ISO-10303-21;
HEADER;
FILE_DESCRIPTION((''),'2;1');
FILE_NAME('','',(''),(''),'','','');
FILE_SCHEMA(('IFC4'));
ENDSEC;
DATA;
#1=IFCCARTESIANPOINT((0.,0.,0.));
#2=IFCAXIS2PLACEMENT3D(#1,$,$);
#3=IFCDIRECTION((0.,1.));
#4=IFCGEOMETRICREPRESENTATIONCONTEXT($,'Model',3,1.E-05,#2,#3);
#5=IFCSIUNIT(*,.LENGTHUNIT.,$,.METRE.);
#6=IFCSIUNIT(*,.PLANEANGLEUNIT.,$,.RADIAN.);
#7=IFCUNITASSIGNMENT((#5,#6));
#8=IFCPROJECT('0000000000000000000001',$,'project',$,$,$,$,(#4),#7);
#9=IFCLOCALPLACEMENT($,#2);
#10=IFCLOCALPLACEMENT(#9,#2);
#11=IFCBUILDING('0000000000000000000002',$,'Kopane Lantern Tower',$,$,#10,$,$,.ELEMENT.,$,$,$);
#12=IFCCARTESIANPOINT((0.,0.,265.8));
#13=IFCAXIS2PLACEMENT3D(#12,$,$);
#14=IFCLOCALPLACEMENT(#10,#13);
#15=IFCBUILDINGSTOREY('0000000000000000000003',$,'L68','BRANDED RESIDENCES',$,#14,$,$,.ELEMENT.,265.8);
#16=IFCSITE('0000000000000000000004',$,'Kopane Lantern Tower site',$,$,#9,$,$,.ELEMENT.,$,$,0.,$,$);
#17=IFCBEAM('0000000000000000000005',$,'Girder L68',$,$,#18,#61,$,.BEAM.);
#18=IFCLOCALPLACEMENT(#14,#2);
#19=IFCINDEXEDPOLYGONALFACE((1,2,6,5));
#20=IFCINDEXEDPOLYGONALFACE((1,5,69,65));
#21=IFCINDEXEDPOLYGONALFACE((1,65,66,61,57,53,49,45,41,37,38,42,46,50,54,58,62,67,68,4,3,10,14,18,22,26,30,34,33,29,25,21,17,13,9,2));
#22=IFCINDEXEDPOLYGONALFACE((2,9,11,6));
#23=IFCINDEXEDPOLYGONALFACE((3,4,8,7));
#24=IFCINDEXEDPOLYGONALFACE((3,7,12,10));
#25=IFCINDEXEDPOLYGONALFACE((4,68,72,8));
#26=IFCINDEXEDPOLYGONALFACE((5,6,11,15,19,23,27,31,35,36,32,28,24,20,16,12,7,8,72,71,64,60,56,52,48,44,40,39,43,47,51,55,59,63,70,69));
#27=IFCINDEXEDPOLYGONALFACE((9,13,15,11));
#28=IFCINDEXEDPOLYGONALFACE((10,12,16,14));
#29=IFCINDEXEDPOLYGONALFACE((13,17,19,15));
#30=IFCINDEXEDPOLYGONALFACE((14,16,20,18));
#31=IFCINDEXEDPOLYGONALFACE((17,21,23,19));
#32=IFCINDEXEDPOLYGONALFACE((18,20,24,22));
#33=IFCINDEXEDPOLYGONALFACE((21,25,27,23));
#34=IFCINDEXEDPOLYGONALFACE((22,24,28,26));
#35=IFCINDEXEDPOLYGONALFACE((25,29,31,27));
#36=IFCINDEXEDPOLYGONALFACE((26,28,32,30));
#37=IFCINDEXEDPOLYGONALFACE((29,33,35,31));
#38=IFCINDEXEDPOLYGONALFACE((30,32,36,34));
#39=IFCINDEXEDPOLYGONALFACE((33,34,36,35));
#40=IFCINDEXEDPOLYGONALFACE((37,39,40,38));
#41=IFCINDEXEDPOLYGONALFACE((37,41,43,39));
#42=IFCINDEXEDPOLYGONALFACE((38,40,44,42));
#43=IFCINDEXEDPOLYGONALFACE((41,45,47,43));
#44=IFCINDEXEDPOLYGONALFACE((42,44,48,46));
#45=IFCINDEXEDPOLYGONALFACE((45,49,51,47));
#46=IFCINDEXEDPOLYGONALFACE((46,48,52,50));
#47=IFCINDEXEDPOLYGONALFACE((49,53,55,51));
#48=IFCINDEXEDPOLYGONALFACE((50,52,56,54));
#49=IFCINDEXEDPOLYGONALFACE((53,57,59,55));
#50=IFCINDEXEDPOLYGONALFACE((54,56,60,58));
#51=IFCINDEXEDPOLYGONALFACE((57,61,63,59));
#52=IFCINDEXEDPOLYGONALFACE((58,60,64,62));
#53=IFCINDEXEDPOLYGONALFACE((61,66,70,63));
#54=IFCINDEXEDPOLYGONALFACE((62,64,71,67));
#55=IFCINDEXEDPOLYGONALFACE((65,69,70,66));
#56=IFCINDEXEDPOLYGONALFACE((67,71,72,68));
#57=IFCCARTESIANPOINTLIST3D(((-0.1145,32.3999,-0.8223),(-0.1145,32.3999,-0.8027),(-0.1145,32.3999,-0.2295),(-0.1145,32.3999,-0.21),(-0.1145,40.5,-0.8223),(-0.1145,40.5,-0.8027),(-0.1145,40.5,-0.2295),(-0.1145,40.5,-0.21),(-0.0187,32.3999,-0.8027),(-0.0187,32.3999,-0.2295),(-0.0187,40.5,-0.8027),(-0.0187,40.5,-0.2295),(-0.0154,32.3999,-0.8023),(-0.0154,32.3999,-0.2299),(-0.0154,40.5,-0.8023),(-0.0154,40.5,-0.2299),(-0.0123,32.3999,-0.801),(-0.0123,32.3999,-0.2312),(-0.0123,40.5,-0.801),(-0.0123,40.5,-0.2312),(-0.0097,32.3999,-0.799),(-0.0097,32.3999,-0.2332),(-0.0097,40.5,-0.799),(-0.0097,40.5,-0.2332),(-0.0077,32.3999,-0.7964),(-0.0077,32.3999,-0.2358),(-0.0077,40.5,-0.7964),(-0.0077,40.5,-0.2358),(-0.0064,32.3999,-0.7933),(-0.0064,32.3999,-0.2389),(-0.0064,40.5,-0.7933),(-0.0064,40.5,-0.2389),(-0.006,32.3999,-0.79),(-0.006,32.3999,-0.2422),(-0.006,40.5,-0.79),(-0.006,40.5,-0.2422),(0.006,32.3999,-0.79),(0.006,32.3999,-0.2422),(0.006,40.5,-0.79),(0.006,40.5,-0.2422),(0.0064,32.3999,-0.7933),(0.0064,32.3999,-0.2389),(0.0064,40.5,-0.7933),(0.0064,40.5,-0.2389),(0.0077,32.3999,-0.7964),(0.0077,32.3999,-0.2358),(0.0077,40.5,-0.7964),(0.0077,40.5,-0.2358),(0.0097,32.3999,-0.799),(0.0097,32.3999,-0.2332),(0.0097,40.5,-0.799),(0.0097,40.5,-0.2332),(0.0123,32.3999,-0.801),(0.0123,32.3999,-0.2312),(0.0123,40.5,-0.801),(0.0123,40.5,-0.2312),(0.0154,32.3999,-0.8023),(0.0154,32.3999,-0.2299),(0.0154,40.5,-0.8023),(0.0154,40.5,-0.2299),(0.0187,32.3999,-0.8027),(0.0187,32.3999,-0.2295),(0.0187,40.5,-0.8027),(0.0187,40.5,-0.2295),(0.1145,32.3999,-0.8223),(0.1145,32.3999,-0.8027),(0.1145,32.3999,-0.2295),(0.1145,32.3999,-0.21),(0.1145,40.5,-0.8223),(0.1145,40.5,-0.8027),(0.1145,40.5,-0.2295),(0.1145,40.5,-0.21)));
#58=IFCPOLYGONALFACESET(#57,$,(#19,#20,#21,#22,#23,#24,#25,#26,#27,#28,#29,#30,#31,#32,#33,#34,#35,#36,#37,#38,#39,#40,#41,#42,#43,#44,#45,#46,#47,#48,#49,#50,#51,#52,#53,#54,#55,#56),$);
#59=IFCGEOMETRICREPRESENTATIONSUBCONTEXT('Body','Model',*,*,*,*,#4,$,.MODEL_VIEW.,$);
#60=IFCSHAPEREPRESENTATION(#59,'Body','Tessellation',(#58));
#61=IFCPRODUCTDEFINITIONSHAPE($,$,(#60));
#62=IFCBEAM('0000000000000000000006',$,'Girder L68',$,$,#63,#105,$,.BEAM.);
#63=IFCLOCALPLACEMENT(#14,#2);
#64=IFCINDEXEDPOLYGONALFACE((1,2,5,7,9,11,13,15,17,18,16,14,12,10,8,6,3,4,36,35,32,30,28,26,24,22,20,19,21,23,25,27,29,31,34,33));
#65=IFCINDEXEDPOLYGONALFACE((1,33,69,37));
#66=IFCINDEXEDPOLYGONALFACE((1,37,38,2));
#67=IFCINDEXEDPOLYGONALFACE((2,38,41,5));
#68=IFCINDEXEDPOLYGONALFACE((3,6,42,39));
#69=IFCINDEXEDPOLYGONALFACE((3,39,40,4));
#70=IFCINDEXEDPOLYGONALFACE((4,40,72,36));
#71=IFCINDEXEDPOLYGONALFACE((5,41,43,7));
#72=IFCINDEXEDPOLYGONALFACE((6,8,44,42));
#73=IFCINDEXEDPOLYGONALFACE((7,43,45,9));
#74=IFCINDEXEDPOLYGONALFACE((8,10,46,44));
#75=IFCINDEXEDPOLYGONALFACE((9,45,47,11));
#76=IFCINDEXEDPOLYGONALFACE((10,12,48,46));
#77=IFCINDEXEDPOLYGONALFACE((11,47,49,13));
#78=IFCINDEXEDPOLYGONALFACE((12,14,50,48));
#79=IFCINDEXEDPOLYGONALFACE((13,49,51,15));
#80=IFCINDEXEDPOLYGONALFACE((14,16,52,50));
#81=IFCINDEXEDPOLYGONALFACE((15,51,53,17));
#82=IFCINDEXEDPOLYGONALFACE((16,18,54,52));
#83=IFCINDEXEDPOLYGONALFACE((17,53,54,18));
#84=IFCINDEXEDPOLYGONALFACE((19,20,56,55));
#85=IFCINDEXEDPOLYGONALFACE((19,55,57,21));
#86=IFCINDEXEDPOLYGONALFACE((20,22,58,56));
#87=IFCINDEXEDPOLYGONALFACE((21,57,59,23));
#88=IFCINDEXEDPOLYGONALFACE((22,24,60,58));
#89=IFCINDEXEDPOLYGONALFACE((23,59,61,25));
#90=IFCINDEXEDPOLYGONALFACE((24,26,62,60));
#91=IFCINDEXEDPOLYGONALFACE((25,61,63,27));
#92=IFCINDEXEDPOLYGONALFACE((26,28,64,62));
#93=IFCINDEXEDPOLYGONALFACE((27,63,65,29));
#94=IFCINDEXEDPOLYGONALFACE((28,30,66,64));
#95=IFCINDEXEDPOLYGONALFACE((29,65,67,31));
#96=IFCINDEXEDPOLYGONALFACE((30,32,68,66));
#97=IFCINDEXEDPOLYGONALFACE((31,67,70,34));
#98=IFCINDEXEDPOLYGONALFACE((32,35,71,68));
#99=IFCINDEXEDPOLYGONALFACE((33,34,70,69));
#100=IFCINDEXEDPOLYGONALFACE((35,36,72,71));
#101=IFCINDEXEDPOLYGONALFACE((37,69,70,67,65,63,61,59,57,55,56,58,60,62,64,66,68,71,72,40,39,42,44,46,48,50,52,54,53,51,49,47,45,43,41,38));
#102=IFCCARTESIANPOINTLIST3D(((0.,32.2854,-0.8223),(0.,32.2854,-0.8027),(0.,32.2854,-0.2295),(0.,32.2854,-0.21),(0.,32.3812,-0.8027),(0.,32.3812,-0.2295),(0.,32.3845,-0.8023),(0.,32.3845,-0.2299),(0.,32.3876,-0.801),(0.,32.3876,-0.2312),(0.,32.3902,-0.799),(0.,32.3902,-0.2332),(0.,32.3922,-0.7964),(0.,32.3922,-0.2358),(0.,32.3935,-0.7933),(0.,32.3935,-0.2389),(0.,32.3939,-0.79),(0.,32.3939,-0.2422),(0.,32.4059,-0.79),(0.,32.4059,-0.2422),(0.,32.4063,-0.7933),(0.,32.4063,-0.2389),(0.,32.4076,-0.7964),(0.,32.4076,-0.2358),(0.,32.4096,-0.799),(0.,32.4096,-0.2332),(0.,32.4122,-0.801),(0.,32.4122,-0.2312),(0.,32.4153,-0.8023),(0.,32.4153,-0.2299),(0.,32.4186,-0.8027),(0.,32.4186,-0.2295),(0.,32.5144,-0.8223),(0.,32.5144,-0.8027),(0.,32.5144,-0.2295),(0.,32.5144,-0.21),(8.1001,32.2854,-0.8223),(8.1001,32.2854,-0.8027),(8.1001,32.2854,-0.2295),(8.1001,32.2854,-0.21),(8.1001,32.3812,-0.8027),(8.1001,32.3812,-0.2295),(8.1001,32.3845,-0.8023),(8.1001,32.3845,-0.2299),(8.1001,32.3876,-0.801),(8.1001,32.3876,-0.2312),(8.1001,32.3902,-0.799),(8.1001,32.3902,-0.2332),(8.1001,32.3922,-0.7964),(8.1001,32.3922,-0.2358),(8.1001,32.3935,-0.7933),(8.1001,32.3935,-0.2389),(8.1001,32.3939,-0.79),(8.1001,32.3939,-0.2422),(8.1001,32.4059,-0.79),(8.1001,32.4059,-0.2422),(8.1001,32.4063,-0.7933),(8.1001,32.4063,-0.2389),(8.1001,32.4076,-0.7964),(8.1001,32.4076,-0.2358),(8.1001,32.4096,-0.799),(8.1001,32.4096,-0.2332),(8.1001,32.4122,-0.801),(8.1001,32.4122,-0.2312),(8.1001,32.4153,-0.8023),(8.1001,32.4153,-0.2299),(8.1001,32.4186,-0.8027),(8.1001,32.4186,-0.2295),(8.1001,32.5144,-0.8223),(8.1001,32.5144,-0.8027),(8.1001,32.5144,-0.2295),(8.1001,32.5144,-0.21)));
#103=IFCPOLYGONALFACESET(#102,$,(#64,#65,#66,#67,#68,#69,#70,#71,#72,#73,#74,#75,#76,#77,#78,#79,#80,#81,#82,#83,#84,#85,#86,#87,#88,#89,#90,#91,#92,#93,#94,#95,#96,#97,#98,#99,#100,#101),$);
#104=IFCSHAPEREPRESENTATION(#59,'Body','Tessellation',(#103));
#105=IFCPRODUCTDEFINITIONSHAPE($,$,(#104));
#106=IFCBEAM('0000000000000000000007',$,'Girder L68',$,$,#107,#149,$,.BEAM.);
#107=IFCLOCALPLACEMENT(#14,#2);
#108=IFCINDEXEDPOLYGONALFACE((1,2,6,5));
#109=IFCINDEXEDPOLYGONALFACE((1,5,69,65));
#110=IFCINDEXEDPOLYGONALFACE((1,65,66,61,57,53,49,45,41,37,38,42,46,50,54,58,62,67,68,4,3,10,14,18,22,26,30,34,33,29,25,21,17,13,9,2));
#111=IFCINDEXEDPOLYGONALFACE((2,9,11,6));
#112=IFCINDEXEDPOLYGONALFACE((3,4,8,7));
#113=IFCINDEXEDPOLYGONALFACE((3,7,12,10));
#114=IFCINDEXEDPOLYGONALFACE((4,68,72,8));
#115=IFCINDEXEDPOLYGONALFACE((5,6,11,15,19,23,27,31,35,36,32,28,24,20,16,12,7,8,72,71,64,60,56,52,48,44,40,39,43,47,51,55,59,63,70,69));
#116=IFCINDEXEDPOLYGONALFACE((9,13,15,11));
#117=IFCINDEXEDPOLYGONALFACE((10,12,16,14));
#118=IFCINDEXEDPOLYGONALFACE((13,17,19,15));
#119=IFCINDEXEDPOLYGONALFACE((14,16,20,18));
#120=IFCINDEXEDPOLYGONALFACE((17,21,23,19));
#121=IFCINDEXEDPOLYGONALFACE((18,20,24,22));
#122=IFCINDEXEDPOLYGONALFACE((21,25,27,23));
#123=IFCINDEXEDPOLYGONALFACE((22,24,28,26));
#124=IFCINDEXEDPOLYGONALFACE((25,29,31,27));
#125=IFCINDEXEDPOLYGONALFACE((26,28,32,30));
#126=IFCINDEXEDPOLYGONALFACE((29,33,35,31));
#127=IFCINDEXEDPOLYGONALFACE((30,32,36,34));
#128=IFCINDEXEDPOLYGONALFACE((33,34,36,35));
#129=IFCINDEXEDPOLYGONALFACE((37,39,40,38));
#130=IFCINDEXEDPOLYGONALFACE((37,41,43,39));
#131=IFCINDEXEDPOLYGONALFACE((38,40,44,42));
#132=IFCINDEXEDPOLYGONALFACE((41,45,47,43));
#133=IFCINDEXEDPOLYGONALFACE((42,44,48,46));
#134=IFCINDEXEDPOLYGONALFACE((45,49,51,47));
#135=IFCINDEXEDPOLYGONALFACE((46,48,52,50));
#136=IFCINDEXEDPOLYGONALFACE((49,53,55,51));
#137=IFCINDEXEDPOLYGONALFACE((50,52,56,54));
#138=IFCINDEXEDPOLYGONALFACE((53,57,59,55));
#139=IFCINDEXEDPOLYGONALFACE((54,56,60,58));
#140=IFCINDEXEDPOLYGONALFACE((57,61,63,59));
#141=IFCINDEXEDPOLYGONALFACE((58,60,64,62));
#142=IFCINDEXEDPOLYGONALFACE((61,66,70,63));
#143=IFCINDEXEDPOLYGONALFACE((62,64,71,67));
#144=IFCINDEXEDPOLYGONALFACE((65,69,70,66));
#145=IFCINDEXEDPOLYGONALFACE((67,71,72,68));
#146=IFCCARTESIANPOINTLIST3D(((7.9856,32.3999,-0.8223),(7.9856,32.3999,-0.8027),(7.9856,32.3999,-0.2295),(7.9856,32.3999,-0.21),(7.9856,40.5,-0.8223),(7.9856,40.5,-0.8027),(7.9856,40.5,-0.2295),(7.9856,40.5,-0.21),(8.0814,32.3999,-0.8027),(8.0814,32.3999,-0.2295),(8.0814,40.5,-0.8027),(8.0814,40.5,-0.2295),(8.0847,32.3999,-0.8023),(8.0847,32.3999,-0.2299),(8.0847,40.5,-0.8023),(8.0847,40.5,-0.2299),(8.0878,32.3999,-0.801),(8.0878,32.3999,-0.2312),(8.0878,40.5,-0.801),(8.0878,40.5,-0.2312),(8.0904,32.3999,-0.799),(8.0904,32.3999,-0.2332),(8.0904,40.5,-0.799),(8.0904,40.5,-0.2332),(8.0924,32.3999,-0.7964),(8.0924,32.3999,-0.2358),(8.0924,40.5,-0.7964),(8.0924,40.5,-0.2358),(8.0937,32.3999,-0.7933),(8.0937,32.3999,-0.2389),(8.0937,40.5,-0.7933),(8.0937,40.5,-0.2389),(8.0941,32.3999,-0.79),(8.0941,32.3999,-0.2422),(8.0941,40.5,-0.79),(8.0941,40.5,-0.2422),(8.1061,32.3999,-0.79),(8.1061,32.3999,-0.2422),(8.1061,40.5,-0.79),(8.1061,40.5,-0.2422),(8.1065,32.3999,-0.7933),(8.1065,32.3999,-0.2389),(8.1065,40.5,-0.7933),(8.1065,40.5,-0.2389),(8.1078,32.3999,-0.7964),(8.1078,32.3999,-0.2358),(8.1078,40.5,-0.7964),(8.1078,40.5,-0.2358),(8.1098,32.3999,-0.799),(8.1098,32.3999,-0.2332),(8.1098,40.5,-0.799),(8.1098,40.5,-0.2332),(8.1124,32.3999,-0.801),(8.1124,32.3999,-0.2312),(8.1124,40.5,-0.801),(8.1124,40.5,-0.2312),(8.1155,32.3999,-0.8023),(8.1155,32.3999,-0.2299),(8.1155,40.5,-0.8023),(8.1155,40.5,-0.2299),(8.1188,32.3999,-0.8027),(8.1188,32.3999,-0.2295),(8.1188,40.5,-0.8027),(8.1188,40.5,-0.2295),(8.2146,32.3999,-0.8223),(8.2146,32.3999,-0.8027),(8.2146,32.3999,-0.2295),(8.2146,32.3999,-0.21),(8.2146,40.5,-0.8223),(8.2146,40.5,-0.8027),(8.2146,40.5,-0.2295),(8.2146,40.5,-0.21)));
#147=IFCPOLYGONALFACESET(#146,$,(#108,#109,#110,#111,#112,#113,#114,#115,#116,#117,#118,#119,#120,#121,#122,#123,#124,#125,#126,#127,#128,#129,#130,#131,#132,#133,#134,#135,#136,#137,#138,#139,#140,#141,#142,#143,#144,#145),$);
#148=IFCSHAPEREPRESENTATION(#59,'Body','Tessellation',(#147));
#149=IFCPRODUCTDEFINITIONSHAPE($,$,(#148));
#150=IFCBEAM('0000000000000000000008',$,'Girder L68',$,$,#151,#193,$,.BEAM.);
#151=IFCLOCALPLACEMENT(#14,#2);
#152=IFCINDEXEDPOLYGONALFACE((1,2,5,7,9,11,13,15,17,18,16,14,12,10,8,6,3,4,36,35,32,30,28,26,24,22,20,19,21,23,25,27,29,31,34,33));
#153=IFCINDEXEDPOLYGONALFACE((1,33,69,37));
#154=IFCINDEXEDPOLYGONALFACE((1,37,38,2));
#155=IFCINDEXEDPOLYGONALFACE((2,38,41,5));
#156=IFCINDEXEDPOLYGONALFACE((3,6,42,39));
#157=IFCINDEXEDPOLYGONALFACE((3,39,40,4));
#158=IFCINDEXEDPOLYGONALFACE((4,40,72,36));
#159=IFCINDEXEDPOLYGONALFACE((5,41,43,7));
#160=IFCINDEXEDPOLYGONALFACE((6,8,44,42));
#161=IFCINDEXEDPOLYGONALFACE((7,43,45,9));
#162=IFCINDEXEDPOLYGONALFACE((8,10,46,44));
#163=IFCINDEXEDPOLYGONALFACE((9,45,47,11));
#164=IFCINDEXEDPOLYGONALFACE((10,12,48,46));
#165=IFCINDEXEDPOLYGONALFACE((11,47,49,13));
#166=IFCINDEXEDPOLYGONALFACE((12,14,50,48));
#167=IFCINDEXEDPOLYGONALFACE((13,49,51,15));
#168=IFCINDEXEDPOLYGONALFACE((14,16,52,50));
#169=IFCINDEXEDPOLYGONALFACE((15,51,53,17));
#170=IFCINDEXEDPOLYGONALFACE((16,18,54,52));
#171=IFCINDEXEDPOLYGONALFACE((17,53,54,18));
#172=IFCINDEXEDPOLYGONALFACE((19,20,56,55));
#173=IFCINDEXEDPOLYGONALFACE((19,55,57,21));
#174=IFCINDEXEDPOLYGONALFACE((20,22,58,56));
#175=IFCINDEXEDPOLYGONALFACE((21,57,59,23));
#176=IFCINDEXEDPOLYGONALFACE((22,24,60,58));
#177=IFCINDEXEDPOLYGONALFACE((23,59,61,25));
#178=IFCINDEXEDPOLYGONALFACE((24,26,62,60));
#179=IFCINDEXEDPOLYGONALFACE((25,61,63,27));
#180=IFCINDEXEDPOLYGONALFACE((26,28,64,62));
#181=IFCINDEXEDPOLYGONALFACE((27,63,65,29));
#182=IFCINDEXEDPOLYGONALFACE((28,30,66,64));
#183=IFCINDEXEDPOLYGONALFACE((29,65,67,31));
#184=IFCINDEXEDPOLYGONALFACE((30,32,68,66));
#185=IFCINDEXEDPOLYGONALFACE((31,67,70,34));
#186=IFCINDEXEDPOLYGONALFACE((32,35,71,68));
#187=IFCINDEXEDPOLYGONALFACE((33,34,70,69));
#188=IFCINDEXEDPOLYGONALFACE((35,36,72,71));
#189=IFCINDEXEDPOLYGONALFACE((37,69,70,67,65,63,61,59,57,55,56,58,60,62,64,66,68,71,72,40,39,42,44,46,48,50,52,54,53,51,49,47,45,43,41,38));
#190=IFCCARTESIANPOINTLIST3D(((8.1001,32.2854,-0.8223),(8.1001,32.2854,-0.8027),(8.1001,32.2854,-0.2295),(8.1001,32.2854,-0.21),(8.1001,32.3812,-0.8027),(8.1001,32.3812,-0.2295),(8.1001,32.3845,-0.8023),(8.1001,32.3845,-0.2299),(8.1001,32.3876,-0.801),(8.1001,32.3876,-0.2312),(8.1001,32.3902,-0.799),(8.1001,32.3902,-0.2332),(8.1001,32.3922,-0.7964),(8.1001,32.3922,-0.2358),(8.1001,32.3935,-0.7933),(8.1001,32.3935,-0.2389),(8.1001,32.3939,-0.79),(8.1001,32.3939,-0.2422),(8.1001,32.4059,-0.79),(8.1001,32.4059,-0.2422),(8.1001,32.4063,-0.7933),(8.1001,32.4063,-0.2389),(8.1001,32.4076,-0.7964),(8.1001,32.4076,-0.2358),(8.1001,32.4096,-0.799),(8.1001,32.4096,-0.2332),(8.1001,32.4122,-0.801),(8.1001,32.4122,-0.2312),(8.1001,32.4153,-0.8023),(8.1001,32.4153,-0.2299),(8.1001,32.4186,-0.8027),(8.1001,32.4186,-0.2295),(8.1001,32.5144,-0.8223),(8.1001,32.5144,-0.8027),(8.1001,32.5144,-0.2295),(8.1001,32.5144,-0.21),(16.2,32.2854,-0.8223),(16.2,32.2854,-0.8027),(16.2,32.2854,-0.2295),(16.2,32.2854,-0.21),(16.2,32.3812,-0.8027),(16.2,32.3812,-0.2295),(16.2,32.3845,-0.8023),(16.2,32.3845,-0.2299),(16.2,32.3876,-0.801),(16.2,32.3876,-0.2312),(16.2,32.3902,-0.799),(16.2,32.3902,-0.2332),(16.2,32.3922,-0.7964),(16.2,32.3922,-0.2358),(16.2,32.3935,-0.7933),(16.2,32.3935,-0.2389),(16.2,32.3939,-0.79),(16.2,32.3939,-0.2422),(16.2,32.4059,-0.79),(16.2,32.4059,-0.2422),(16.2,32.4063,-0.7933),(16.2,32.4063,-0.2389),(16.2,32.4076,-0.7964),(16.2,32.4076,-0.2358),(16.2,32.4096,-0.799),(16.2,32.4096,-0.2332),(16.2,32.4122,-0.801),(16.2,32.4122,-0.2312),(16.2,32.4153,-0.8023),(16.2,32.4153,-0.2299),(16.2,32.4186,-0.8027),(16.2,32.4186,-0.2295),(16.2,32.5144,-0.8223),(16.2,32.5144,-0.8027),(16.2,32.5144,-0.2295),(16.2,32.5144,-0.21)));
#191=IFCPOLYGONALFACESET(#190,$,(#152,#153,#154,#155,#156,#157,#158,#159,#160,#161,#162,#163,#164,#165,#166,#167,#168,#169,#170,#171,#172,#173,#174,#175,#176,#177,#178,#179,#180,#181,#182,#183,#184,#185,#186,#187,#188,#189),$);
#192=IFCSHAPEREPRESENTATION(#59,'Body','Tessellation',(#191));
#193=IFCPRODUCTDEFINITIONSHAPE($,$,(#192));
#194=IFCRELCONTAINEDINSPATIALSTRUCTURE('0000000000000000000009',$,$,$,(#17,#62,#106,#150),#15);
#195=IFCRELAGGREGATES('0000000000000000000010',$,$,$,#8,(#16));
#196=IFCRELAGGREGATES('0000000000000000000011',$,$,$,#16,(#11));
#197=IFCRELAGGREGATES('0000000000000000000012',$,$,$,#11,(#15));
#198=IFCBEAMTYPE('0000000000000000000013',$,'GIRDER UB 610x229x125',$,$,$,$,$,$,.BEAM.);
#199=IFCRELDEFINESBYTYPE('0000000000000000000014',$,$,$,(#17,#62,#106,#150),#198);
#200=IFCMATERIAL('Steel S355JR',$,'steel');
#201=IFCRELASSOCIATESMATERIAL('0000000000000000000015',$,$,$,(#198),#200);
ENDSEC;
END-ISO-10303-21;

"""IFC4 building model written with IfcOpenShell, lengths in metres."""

from ifc_helpers import new_model, si_unit, direction, frame, origin, origin_2d, place, context, subcontext, project, spatial, i_section, extrude, material, material_profile, profile_set, type_object, element, save


model = new_model("IFC4")

# Units and contexts
model_context = context("Model", 3, precision=1e-05, world=origin(), true_north=direction((0.0, 1.0)))
body_context = subcontext(model_context, "Body", "Model", "MODEL_VIEW")
ifc_project = project(units=[si_unit("LENGTHUNIT", "METRE"), si_unit("PLANEANGLEUNIT", "RADIAN")], contexts=[model_context])

# Site, building, storey
site_placement = place(None, origin())
site = spatial("IfcSite", under=ifc_project, at=site_placement, Name="Kopane Lantern Tower site", CompositionType="ELEMENT", RefElevation=0.0)
building_placement = place(site_placement, origin())
building = spatial("IfcBuilding", under=site, at=building_placement, Name="Kopane Lantern Tower", CompositionType="ELEMENT")
storey_placement = place(building_placement, frame((0.0, 0.0, 265.8)))
storey = spatial("IfcBuildingStorey", under=building, at=storey_placement, Name="L68", Description="BRANDED RESIDENCES", CompositionType="ELEMENT", Elevation=265.8)

# Beams
ifc_material_1 = material(Name="Steel S355JR", Category="steel")
ifc_material_profile_1 = material_profile(ifc_material_1, i_section(OverallWidth=0.229, OverallDepth=0.6123, WebThickness=0.012, FlangeThickness=0.0195, FilletRadius=0.0127, at=origin_2d()), Name="UB 610x229x125")
ifc_profile_set_1 = profile_set([ifc_material_profile_1], Name="Steel S355JR")
beam_type = type_object("IfcBeamType", Name="GIRDER UB 610x229x125", PredefinedType="BEAM", material=ifc_profile_set_1)
for number, where, z_axis, x_axis, name in (
    (1, (0.0, 32.3999, -0.5161), (0.0, 1.0, 0.0), (-1.0, 0.0, 0.0), "Girder L68"),
    (2, (0.0, 32.3999, -0.5161), (1.0, 0.0, 0.0), (0.0, 1.0, 0.0), "Girder L68"),
    (3, (8.1001, 32.3999, -0.5161), (0.0, 1.0, 0.0), (-1.0, 0.0, 0.0), "Girder L68"),
):
    element("IfcBeam", number, at=place(storey_placement, frame(where, z_axis=z_axis, x_axis=x_axis)), inside=storey, type_object=beam_type, Name=name, PredefinedType="BEAM", context=body_context, shape_type="SweptSolid", body=[
        extrude(i_section(OverallWidth=0.229, OverallDepth=0.6123, WebThickness=0.012, FlangeThickness=0.0195, FilletRadius=0.0127, at=origin_2d()), origin(), (0.0, 0.0, 1.0), 8.1001),
    ])
for number, where, z_axis, x_axis, name in (
    (4, (8.1001, 32.3999, -0.5161), (1.0, 0.0, 0.0), (0.0, 1.0, 0.0), "Girder L68"),
):
    element("IfcBeam", number, at=place(storey_placement, frame(where, z_axis=z_axis, x_axis=x_axis)), inside=storey, type_object=beam_type, Name=name, PredefinedType="BEAM", context=body_context, shape_type="SweptSolid", body=[
        extrude(i_section(OverallWidth=0.229, OverallDepth=0.6123, WebThickness=0.012, FlangeThickness=0.0195, FilletRadius=0.0127, at=origin_2d()), origin(), (0.0, 0.0, 1.0), 8.0999),
    ])

save(model, "model.ifc")
